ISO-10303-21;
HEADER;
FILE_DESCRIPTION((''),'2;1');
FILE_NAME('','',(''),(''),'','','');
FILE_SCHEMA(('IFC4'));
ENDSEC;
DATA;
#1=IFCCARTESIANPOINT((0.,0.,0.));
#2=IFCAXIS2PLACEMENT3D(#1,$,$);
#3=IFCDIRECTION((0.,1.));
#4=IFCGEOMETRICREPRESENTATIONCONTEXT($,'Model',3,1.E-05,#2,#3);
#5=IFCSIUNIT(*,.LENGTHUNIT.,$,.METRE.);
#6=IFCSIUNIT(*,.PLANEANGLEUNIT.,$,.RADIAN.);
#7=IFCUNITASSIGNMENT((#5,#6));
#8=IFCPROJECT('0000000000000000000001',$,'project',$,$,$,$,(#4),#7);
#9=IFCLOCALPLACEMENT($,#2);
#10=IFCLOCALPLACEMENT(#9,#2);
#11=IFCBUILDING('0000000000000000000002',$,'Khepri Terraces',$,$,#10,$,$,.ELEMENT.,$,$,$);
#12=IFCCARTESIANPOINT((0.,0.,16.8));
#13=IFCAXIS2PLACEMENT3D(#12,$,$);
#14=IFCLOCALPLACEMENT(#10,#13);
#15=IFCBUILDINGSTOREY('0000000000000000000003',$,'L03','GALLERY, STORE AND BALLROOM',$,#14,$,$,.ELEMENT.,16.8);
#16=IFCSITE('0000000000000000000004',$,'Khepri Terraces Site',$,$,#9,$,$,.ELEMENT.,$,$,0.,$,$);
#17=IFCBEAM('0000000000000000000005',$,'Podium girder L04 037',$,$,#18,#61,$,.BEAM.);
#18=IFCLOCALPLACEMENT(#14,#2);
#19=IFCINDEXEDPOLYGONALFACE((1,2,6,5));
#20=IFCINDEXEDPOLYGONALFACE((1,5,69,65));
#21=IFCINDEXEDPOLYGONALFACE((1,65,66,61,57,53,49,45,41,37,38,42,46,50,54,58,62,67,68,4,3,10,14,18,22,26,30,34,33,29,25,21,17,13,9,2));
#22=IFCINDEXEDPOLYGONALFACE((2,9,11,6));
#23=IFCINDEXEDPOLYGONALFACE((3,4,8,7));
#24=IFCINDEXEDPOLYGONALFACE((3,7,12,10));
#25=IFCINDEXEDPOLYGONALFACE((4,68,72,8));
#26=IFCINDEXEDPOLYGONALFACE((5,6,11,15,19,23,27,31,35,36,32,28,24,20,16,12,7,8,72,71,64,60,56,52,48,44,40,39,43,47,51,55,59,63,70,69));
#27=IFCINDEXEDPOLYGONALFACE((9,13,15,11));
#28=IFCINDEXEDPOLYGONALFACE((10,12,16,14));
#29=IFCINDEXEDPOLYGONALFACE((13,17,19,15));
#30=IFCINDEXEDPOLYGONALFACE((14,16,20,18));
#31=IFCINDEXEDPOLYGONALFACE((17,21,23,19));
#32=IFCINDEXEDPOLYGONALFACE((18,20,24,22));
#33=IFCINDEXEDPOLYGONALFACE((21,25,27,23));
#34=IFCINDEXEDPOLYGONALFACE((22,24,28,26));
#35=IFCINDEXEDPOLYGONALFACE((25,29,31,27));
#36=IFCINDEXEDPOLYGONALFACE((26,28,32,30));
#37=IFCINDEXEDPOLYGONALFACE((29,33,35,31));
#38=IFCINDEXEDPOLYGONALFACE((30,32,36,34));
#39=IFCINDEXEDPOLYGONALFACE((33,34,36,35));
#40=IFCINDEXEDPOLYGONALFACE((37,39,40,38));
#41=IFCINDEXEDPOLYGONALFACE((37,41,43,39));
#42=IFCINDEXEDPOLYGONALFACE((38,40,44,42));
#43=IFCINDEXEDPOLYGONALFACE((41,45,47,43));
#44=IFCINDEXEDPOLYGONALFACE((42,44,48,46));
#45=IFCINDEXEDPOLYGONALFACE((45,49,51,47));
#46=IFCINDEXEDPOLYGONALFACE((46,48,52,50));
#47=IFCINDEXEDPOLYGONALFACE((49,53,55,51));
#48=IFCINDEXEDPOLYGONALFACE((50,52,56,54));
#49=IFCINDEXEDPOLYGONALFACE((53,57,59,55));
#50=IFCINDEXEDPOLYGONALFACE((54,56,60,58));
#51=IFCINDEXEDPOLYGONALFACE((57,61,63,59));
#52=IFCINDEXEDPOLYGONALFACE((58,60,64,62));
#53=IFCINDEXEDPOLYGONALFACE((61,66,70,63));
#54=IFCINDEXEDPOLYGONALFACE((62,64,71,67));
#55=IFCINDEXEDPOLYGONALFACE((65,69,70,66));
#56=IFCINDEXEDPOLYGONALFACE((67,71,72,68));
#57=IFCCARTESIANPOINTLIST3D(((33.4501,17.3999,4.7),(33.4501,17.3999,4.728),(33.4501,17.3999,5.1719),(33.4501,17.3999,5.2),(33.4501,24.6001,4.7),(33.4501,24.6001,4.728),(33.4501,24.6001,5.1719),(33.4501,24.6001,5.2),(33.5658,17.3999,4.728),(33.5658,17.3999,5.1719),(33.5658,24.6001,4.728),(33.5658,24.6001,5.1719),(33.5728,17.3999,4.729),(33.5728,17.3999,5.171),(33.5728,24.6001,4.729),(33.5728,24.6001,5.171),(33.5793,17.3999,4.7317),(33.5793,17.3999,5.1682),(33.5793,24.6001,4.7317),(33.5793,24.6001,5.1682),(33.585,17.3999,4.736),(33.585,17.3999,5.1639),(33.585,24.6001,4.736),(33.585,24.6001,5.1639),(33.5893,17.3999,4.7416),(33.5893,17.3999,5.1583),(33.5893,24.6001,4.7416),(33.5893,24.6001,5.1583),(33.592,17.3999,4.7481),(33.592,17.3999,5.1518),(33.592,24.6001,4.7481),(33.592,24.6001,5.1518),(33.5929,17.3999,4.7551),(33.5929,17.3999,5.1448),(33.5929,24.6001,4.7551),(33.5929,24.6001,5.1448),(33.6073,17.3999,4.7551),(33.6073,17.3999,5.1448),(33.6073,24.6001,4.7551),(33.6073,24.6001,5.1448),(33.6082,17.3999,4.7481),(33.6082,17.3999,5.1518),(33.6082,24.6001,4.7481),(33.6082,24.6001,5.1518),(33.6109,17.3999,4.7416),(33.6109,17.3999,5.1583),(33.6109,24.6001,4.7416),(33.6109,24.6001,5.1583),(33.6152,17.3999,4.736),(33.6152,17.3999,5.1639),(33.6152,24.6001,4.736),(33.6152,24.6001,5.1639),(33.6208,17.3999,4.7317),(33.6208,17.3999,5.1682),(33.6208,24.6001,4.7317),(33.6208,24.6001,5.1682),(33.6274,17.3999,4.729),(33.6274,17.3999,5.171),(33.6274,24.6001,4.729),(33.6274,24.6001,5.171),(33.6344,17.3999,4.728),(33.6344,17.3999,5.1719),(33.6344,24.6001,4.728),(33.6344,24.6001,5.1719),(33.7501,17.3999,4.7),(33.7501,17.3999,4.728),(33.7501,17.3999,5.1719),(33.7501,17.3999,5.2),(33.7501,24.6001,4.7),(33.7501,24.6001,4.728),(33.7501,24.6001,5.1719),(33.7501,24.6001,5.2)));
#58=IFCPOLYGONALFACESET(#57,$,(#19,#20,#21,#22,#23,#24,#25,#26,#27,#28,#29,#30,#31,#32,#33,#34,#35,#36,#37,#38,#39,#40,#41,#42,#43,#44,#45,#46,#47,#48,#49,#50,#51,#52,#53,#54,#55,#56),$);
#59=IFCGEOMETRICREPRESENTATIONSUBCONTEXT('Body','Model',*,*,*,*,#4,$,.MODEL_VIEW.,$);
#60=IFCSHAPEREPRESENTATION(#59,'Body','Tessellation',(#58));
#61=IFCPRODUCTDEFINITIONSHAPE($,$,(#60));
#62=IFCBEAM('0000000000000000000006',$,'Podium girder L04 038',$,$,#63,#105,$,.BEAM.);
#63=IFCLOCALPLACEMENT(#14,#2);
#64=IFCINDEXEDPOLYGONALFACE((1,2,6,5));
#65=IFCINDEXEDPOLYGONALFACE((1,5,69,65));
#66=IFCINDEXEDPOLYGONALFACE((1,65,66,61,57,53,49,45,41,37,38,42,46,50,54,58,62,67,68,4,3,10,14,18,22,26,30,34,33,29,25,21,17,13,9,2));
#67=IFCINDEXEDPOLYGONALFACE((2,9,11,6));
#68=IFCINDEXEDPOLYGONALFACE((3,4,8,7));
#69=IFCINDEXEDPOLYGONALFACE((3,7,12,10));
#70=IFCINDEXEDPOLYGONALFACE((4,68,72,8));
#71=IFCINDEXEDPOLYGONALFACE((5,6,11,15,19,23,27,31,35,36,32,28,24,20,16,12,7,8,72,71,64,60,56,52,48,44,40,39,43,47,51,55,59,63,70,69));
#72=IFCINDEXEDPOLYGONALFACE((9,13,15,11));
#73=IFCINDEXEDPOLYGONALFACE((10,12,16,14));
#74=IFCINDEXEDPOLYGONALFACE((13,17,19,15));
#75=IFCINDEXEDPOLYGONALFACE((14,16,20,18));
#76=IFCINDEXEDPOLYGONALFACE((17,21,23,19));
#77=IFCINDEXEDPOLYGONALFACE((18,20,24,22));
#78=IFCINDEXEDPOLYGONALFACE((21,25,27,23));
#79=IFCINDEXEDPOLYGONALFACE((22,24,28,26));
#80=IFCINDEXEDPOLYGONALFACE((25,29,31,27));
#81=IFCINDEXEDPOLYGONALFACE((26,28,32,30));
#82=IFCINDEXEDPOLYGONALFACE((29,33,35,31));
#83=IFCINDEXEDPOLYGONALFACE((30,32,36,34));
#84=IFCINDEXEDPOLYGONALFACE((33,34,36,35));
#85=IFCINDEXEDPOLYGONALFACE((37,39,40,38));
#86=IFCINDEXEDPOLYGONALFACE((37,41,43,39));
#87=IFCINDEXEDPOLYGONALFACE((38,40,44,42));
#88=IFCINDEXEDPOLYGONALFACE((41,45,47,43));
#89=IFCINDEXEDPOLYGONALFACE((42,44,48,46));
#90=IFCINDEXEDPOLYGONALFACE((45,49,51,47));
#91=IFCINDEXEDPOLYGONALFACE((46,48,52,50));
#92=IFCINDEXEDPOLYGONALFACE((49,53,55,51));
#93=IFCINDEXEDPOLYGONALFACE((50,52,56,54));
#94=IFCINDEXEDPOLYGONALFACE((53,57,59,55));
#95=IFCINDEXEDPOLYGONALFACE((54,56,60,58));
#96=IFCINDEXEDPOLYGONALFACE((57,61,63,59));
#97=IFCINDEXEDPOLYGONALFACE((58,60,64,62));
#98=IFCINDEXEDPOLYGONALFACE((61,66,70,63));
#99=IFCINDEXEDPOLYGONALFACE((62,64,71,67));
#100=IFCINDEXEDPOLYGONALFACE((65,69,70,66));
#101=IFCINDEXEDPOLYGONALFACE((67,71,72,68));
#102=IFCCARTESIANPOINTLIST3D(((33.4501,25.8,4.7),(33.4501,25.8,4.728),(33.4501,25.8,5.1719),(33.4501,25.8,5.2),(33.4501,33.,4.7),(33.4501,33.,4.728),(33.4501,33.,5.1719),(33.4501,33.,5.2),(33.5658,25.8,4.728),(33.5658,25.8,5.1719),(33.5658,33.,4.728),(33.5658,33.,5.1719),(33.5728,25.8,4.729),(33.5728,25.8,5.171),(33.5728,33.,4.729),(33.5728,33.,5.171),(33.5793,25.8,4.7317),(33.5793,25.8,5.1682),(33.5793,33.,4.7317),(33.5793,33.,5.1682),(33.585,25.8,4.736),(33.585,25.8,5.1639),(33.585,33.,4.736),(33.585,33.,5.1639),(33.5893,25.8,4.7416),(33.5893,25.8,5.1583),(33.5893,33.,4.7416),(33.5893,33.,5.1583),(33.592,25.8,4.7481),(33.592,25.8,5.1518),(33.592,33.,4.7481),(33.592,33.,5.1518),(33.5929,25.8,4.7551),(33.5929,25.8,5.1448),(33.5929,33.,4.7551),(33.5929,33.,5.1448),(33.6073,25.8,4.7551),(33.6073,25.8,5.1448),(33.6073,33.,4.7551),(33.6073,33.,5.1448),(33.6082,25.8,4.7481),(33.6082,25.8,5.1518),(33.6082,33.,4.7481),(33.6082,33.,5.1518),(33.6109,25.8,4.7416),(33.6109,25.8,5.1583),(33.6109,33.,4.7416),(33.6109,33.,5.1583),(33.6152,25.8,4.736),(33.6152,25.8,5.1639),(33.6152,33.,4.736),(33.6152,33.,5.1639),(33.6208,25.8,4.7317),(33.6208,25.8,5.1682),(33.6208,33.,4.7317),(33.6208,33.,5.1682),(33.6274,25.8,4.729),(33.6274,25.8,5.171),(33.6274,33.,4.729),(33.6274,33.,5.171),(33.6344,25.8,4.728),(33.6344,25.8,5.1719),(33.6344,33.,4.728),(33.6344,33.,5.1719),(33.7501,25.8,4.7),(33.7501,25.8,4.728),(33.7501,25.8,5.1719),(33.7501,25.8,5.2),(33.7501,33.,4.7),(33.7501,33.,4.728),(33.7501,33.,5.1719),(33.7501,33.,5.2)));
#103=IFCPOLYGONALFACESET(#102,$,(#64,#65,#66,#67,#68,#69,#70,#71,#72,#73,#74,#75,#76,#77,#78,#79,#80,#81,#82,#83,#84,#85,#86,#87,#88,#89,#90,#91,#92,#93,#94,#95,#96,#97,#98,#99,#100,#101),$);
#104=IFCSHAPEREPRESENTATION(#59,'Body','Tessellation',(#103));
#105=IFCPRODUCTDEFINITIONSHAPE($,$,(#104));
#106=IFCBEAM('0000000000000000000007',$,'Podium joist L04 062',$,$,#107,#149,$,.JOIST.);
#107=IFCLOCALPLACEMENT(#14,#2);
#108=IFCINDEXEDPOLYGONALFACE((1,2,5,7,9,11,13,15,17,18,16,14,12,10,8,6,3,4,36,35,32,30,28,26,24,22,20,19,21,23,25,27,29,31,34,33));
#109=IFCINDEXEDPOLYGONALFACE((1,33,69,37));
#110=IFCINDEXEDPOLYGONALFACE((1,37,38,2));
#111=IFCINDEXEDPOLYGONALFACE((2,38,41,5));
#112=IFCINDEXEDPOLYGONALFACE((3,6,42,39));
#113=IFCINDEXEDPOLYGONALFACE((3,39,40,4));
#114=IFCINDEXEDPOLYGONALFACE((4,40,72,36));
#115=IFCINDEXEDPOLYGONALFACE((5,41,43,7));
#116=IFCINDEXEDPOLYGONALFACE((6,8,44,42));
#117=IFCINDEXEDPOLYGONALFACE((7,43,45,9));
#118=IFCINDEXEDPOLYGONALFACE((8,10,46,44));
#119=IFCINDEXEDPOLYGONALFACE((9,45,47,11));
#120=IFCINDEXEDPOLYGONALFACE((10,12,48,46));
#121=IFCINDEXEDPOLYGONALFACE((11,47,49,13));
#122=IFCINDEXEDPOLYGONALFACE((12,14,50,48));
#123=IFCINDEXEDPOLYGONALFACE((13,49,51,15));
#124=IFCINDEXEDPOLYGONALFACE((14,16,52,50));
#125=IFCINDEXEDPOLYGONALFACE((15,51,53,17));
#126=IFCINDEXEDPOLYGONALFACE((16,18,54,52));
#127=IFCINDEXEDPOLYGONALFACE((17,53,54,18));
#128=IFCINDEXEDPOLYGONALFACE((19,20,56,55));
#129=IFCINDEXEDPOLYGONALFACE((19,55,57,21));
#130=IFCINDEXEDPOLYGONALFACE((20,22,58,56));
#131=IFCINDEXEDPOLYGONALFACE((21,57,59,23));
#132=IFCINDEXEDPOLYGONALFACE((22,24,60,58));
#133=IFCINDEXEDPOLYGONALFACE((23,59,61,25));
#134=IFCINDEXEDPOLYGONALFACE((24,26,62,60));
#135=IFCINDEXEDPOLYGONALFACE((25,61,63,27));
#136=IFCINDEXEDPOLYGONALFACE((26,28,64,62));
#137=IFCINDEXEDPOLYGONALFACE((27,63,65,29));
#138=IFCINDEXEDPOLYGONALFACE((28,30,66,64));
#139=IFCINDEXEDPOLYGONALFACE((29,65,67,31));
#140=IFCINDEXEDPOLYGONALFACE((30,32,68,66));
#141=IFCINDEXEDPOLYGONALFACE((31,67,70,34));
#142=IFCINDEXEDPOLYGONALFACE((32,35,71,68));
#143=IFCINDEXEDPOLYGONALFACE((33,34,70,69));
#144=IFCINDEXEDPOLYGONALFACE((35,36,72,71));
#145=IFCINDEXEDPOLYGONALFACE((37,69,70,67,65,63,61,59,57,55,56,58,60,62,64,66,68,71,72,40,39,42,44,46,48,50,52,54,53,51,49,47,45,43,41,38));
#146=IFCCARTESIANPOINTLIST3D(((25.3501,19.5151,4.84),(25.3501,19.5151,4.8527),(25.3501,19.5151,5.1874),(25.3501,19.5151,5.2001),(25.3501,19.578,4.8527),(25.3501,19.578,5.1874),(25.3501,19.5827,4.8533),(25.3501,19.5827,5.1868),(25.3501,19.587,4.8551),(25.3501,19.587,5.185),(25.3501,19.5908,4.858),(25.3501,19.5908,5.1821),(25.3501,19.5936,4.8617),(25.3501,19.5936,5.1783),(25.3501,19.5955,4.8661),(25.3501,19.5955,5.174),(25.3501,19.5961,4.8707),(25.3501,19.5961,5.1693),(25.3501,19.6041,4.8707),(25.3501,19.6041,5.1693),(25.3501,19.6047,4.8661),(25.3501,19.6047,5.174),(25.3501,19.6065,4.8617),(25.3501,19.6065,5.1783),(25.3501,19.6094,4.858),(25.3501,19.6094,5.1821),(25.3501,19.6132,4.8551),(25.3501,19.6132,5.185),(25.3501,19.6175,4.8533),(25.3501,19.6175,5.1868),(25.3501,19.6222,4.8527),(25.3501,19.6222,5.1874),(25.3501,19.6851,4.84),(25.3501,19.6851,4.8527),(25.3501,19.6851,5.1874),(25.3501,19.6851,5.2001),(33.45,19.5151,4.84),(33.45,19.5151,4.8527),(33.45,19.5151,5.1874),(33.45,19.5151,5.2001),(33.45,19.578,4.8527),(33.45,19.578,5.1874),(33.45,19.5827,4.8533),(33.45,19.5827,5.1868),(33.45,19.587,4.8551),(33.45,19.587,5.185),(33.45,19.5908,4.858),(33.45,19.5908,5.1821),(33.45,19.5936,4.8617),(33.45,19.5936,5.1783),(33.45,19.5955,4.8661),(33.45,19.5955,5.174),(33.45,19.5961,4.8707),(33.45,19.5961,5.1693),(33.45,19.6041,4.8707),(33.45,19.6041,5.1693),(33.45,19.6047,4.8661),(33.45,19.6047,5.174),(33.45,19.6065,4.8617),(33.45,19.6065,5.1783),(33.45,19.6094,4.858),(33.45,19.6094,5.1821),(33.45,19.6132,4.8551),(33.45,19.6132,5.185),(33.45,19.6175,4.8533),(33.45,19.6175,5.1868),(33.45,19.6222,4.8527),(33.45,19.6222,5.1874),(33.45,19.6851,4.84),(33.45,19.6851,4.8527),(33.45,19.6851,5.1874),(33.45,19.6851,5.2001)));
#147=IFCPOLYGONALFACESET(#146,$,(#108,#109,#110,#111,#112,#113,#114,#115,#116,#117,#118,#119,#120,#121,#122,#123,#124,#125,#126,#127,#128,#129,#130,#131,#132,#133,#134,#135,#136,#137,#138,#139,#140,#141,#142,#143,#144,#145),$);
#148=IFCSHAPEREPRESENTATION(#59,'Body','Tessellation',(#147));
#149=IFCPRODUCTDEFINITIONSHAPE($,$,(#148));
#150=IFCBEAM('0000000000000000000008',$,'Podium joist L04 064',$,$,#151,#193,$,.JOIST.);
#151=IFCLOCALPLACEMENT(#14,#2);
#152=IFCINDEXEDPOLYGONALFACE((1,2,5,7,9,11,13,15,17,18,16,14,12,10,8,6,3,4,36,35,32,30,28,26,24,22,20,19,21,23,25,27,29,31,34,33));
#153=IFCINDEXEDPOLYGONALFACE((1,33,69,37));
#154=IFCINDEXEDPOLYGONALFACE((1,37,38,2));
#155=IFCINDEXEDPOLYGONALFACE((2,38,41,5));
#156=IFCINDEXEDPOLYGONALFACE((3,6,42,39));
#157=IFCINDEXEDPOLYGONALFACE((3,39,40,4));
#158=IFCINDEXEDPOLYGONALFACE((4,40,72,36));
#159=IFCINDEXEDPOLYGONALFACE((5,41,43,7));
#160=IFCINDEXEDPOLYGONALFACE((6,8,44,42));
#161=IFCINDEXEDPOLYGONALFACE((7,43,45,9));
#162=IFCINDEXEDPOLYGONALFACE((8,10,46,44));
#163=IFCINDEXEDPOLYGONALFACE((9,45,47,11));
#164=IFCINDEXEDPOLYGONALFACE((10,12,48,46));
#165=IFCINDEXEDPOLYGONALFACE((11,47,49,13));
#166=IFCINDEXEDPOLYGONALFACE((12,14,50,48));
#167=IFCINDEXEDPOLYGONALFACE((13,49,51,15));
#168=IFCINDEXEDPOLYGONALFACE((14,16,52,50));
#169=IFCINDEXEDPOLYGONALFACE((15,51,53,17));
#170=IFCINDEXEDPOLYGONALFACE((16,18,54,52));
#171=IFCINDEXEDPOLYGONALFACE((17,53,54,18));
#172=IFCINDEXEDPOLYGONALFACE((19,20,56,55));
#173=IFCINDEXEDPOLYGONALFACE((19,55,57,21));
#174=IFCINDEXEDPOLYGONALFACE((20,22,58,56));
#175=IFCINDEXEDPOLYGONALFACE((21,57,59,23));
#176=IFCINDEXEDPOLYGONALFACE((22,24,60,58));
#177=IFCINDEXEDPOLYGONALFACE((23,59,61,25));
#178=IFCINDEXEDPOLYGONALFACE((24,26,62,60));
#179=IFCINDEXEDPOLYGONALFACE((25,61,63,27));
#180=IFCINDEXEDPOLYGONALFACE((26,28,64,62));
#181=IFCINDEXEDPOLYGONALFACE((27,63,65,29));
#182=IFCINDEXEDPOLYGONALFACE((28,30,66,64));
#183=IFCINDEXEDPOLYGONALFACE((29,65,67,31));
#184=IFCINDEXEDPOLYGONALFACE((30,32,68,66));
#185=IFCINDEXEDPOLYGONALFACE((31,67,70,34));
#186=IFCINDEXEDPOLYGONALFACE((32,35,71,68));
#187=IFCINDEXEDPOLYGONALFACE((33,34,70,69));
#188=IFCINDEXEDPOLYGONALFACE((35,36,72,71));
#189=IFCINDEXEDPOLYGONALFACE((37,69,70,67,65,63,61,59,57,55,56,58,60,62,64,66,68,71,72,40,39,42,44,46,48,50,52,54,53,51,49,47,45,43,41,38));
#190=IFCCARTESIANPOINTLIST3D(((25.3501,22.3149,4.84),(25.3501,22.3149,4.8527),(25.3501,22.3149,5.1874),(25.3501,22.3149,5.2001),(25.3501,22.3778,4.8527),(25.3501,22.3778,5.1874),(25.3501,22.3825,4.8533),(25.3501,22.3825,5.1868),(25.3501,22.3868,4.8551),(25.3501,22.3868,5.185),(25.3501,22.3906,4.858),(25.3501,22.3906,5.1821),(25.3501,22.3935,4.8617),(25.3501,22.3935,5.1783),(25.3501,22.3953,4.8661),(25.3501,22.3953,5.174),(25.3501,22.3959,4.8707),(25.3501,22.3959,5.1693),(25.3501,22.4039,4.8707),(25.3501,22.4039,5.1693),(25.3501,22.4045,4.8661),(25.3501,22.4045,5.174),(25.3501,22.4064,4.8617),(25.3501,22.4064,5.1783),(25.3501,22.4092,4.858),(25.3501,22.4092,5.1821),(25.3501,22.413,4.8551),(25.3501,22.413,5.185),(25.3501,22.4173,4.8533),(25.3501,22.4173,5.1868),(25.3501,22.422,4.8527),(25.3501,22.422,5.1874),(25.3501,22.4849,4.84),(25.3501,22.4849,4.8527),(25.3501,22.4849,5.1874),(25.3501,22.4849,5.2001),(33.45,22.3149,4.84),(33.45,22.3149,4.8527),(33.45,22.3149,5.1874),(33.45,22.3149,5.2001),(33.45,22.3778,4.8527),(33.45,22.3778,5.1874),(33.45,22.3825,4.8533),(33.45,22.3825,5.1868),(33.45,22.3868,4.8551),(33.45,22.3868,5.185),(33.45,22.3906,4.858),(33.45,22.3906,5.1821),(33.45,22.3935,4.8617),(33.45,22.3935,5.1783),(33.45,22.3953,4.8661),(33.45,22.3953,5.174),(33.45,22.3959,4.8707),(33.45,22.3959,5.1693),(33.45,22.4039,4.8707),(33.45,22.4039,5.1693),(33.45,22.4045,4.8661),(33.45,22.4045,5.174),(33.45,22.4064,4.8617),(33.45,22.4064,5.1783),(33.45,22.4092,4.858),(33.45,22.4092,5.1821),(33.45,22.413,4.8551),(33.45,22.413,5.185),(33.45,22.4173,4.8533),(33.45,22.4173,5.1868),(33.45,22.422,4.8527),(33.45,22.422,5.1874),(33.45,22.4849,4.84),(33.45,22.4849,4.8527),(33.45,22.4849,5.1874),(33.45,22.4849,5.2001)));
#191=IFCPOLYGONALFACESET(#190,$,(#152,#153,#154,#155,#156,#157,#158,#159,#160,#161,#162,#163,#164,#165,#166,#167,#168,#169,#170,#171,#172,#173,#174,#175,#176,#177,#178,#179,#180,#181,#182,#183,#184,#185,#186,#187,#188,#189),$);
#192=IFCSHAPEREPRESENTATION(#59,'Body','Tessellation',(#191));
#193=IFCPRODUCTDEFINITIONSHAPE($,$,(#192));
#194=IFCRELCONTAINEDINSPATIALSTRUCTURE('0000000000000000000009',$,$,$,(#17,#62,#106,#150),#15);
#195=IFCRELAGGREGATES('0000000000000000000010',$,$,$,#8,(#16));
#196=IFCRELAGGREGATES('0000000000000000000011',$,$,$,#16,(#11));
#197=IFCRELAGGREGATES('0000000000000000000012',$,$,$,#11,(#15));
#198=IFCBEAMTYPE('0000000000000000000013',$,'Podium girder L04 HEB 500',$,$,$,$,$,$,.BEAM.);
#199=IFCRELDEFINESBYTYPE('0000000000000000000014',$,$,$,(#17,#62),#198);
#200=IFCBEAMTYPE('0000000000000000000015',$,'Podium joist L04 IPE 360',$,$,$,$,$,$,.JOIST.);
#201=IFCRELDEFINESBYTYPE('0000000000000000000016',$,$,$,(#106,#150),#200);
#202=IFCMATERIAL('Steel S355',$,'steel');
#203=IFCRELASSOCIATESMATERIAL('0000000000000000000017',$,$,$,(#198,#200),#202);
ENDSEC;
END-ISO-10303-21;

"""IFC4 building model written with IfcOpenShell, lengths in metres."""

from ifc_helpers import new_model, si_unit, direction, frame, origin, origin_2d, place, context, subcontext, project, spatial, i_section, extrude, material, material_profile, profile_set, type_object, element, save


model = new_model("IFC4")

# Units and contexts
model_context = context("Model", 3, precision=1e-05, world=origin(), true_north=direction((0.0, 1.0)))
body_context = subcontext(model_context, "Body", "Model", "MODEL_VIEW")
ifc_project = project(units=[si_unit("LENGTHUNIT", "METRE"), si_unit("PLANEANGLEUNIT", "RADIAN")], contexts=[model_context])

# Site, building, storey
site_placement = place(None, origin())
site = spatial("IfcSite", under=ifc_project, at=site_placement, Name="Khepri Terraces Site", CompositionType="ELEMENT", RefElevation=0.0)
building_placement = place(site_placement, origin())
building = spatial("IfcBuilding", under=site, at=building_placement, Name="Khepri Terraces", CompositionType="ELEMENT")
storey_placement = place(building_placement, frame((0.0, 0.0, 16.8)))
storey = spatial("IfcBuildingStorey", under=building, at=storey_placement, Name="L03", Description="GALLERY, STORE AND BALLROOM", CompositionType="ELEMENT", Elevation=16.8)

# Beams
ifc_material_1 = material(Name="Steel S355", Category="steel")
ifc_material_profile_1 = material_profile(ifc_material_1, i_section(OverallWidth=0.3, OverallDepth=0.5, WebThickness=0.0144, FlangeThickness=0.0281, FilletRadius=0.0271, at=origin_2d()), Name="Steel S355", Category="steel")
ifc_profile_set_1 = profile_set([ifc_material_profile_1], Name="Steel S355")
beam_type_1 = type_object("IfcBeamType", Name="Podium girder L04 HEB 500", PredefinedType="BEAM", material=ifc_profile_set_1)
beam_1_placement = place(storey_placement, frame((33.6001, 17.3999, 4.95), z_axis=(0.0, 1.0, 0.0), x_axis=(-1.0, 0.0, 0.0)))
element("IfcBeam", 1, at=beam_1_placement, inside=storey, type_object=beam_type_1, Name="Podium girder L04 037", PredefinedType="BEAM", context=body_context, shape_type="SweptSolid", body=[
    extrude(i_section(OverallWidth=0.3, OverallDepth=0.5, WebThickness=0.0144, FlangeThickness=0.0281, FilletRadius=0.0271, at=origin_2d()), origin(), (0.0, 0.0, 1.0), 7.2002),
])
beam_2_placement = place(storey_placement, frame((33.6001, 25.8, 4.95), z_axis=(0.0, 1.0, 0.0), x_axis=(-1.0, 0.0, 0.0)))
element("IfcBeam", 2, at=beam_2_placement, inside=storey, type_object=beam_type_1, Name="Podium girder L04 038", PredefinedType="BEAM", context=body_context, shape_type="SweptSolid", body=[
    extrude(i_section(OverallWidth=0.3, OverallDepth=0.5, WebThickness=0.0144, FlangeThickness=0.0281, FilletRadius=0.0271, at=origin_2d()), origin(), (0.0, 0.0, 1.0), 7.2),
])
ifc_material_profile_2 = material_profile(ifc_material_1, i_section(OverallWidth=0.1699, OverallDepth=0.3601, WebThickness=0.0081, FlangeThickness=0.0127, FilletRadius=0.0181, at=origin_2d()), Name="Steel S355", Category="steel")
ifc_profile_set_2 = profile_set([ifc_material_profile_2], Name="Steel S355")
beam_type_2 = type_object("IfcBeamType", Name="Podium joist L04 IPE 360", PredefinedType="JOIST", material=ifc_profile_set_2)
for number, where, z_axis, x_axis, name in (
    (3, (25.3501, 19.6001, 5.02), (1.0, 0.0, 0.0), (0.0, 1.0, 0.0), "Podium joist L04 062"),
    (4, (25.3501, 22.3999, 5.02), (1.0, 0.0, 0.0), (0.0, 1.0, 0.0), "Podium joist L04 064"),
):
    element("IfcBeam", number, at=place(storey_placement, frame(where, z_axis=z_axis, x_axis=x_axis)), inside=storey, type_object=beam_type_2, Name=name, PredefinedType="JOIST", context=body_context, shape_type="SweptSolid", body=[
        extrude(i_section(OverallWidth=0.1699, OverallDepth=0.3601, WebThickness=0.0081, FlangeThickness=0.0127, FilletRadius=0.0181, at=origin_2d()), origin(), (0.0, 0.0, 1.0), 8.0999),
    ])

save(model, "model.ifc")
